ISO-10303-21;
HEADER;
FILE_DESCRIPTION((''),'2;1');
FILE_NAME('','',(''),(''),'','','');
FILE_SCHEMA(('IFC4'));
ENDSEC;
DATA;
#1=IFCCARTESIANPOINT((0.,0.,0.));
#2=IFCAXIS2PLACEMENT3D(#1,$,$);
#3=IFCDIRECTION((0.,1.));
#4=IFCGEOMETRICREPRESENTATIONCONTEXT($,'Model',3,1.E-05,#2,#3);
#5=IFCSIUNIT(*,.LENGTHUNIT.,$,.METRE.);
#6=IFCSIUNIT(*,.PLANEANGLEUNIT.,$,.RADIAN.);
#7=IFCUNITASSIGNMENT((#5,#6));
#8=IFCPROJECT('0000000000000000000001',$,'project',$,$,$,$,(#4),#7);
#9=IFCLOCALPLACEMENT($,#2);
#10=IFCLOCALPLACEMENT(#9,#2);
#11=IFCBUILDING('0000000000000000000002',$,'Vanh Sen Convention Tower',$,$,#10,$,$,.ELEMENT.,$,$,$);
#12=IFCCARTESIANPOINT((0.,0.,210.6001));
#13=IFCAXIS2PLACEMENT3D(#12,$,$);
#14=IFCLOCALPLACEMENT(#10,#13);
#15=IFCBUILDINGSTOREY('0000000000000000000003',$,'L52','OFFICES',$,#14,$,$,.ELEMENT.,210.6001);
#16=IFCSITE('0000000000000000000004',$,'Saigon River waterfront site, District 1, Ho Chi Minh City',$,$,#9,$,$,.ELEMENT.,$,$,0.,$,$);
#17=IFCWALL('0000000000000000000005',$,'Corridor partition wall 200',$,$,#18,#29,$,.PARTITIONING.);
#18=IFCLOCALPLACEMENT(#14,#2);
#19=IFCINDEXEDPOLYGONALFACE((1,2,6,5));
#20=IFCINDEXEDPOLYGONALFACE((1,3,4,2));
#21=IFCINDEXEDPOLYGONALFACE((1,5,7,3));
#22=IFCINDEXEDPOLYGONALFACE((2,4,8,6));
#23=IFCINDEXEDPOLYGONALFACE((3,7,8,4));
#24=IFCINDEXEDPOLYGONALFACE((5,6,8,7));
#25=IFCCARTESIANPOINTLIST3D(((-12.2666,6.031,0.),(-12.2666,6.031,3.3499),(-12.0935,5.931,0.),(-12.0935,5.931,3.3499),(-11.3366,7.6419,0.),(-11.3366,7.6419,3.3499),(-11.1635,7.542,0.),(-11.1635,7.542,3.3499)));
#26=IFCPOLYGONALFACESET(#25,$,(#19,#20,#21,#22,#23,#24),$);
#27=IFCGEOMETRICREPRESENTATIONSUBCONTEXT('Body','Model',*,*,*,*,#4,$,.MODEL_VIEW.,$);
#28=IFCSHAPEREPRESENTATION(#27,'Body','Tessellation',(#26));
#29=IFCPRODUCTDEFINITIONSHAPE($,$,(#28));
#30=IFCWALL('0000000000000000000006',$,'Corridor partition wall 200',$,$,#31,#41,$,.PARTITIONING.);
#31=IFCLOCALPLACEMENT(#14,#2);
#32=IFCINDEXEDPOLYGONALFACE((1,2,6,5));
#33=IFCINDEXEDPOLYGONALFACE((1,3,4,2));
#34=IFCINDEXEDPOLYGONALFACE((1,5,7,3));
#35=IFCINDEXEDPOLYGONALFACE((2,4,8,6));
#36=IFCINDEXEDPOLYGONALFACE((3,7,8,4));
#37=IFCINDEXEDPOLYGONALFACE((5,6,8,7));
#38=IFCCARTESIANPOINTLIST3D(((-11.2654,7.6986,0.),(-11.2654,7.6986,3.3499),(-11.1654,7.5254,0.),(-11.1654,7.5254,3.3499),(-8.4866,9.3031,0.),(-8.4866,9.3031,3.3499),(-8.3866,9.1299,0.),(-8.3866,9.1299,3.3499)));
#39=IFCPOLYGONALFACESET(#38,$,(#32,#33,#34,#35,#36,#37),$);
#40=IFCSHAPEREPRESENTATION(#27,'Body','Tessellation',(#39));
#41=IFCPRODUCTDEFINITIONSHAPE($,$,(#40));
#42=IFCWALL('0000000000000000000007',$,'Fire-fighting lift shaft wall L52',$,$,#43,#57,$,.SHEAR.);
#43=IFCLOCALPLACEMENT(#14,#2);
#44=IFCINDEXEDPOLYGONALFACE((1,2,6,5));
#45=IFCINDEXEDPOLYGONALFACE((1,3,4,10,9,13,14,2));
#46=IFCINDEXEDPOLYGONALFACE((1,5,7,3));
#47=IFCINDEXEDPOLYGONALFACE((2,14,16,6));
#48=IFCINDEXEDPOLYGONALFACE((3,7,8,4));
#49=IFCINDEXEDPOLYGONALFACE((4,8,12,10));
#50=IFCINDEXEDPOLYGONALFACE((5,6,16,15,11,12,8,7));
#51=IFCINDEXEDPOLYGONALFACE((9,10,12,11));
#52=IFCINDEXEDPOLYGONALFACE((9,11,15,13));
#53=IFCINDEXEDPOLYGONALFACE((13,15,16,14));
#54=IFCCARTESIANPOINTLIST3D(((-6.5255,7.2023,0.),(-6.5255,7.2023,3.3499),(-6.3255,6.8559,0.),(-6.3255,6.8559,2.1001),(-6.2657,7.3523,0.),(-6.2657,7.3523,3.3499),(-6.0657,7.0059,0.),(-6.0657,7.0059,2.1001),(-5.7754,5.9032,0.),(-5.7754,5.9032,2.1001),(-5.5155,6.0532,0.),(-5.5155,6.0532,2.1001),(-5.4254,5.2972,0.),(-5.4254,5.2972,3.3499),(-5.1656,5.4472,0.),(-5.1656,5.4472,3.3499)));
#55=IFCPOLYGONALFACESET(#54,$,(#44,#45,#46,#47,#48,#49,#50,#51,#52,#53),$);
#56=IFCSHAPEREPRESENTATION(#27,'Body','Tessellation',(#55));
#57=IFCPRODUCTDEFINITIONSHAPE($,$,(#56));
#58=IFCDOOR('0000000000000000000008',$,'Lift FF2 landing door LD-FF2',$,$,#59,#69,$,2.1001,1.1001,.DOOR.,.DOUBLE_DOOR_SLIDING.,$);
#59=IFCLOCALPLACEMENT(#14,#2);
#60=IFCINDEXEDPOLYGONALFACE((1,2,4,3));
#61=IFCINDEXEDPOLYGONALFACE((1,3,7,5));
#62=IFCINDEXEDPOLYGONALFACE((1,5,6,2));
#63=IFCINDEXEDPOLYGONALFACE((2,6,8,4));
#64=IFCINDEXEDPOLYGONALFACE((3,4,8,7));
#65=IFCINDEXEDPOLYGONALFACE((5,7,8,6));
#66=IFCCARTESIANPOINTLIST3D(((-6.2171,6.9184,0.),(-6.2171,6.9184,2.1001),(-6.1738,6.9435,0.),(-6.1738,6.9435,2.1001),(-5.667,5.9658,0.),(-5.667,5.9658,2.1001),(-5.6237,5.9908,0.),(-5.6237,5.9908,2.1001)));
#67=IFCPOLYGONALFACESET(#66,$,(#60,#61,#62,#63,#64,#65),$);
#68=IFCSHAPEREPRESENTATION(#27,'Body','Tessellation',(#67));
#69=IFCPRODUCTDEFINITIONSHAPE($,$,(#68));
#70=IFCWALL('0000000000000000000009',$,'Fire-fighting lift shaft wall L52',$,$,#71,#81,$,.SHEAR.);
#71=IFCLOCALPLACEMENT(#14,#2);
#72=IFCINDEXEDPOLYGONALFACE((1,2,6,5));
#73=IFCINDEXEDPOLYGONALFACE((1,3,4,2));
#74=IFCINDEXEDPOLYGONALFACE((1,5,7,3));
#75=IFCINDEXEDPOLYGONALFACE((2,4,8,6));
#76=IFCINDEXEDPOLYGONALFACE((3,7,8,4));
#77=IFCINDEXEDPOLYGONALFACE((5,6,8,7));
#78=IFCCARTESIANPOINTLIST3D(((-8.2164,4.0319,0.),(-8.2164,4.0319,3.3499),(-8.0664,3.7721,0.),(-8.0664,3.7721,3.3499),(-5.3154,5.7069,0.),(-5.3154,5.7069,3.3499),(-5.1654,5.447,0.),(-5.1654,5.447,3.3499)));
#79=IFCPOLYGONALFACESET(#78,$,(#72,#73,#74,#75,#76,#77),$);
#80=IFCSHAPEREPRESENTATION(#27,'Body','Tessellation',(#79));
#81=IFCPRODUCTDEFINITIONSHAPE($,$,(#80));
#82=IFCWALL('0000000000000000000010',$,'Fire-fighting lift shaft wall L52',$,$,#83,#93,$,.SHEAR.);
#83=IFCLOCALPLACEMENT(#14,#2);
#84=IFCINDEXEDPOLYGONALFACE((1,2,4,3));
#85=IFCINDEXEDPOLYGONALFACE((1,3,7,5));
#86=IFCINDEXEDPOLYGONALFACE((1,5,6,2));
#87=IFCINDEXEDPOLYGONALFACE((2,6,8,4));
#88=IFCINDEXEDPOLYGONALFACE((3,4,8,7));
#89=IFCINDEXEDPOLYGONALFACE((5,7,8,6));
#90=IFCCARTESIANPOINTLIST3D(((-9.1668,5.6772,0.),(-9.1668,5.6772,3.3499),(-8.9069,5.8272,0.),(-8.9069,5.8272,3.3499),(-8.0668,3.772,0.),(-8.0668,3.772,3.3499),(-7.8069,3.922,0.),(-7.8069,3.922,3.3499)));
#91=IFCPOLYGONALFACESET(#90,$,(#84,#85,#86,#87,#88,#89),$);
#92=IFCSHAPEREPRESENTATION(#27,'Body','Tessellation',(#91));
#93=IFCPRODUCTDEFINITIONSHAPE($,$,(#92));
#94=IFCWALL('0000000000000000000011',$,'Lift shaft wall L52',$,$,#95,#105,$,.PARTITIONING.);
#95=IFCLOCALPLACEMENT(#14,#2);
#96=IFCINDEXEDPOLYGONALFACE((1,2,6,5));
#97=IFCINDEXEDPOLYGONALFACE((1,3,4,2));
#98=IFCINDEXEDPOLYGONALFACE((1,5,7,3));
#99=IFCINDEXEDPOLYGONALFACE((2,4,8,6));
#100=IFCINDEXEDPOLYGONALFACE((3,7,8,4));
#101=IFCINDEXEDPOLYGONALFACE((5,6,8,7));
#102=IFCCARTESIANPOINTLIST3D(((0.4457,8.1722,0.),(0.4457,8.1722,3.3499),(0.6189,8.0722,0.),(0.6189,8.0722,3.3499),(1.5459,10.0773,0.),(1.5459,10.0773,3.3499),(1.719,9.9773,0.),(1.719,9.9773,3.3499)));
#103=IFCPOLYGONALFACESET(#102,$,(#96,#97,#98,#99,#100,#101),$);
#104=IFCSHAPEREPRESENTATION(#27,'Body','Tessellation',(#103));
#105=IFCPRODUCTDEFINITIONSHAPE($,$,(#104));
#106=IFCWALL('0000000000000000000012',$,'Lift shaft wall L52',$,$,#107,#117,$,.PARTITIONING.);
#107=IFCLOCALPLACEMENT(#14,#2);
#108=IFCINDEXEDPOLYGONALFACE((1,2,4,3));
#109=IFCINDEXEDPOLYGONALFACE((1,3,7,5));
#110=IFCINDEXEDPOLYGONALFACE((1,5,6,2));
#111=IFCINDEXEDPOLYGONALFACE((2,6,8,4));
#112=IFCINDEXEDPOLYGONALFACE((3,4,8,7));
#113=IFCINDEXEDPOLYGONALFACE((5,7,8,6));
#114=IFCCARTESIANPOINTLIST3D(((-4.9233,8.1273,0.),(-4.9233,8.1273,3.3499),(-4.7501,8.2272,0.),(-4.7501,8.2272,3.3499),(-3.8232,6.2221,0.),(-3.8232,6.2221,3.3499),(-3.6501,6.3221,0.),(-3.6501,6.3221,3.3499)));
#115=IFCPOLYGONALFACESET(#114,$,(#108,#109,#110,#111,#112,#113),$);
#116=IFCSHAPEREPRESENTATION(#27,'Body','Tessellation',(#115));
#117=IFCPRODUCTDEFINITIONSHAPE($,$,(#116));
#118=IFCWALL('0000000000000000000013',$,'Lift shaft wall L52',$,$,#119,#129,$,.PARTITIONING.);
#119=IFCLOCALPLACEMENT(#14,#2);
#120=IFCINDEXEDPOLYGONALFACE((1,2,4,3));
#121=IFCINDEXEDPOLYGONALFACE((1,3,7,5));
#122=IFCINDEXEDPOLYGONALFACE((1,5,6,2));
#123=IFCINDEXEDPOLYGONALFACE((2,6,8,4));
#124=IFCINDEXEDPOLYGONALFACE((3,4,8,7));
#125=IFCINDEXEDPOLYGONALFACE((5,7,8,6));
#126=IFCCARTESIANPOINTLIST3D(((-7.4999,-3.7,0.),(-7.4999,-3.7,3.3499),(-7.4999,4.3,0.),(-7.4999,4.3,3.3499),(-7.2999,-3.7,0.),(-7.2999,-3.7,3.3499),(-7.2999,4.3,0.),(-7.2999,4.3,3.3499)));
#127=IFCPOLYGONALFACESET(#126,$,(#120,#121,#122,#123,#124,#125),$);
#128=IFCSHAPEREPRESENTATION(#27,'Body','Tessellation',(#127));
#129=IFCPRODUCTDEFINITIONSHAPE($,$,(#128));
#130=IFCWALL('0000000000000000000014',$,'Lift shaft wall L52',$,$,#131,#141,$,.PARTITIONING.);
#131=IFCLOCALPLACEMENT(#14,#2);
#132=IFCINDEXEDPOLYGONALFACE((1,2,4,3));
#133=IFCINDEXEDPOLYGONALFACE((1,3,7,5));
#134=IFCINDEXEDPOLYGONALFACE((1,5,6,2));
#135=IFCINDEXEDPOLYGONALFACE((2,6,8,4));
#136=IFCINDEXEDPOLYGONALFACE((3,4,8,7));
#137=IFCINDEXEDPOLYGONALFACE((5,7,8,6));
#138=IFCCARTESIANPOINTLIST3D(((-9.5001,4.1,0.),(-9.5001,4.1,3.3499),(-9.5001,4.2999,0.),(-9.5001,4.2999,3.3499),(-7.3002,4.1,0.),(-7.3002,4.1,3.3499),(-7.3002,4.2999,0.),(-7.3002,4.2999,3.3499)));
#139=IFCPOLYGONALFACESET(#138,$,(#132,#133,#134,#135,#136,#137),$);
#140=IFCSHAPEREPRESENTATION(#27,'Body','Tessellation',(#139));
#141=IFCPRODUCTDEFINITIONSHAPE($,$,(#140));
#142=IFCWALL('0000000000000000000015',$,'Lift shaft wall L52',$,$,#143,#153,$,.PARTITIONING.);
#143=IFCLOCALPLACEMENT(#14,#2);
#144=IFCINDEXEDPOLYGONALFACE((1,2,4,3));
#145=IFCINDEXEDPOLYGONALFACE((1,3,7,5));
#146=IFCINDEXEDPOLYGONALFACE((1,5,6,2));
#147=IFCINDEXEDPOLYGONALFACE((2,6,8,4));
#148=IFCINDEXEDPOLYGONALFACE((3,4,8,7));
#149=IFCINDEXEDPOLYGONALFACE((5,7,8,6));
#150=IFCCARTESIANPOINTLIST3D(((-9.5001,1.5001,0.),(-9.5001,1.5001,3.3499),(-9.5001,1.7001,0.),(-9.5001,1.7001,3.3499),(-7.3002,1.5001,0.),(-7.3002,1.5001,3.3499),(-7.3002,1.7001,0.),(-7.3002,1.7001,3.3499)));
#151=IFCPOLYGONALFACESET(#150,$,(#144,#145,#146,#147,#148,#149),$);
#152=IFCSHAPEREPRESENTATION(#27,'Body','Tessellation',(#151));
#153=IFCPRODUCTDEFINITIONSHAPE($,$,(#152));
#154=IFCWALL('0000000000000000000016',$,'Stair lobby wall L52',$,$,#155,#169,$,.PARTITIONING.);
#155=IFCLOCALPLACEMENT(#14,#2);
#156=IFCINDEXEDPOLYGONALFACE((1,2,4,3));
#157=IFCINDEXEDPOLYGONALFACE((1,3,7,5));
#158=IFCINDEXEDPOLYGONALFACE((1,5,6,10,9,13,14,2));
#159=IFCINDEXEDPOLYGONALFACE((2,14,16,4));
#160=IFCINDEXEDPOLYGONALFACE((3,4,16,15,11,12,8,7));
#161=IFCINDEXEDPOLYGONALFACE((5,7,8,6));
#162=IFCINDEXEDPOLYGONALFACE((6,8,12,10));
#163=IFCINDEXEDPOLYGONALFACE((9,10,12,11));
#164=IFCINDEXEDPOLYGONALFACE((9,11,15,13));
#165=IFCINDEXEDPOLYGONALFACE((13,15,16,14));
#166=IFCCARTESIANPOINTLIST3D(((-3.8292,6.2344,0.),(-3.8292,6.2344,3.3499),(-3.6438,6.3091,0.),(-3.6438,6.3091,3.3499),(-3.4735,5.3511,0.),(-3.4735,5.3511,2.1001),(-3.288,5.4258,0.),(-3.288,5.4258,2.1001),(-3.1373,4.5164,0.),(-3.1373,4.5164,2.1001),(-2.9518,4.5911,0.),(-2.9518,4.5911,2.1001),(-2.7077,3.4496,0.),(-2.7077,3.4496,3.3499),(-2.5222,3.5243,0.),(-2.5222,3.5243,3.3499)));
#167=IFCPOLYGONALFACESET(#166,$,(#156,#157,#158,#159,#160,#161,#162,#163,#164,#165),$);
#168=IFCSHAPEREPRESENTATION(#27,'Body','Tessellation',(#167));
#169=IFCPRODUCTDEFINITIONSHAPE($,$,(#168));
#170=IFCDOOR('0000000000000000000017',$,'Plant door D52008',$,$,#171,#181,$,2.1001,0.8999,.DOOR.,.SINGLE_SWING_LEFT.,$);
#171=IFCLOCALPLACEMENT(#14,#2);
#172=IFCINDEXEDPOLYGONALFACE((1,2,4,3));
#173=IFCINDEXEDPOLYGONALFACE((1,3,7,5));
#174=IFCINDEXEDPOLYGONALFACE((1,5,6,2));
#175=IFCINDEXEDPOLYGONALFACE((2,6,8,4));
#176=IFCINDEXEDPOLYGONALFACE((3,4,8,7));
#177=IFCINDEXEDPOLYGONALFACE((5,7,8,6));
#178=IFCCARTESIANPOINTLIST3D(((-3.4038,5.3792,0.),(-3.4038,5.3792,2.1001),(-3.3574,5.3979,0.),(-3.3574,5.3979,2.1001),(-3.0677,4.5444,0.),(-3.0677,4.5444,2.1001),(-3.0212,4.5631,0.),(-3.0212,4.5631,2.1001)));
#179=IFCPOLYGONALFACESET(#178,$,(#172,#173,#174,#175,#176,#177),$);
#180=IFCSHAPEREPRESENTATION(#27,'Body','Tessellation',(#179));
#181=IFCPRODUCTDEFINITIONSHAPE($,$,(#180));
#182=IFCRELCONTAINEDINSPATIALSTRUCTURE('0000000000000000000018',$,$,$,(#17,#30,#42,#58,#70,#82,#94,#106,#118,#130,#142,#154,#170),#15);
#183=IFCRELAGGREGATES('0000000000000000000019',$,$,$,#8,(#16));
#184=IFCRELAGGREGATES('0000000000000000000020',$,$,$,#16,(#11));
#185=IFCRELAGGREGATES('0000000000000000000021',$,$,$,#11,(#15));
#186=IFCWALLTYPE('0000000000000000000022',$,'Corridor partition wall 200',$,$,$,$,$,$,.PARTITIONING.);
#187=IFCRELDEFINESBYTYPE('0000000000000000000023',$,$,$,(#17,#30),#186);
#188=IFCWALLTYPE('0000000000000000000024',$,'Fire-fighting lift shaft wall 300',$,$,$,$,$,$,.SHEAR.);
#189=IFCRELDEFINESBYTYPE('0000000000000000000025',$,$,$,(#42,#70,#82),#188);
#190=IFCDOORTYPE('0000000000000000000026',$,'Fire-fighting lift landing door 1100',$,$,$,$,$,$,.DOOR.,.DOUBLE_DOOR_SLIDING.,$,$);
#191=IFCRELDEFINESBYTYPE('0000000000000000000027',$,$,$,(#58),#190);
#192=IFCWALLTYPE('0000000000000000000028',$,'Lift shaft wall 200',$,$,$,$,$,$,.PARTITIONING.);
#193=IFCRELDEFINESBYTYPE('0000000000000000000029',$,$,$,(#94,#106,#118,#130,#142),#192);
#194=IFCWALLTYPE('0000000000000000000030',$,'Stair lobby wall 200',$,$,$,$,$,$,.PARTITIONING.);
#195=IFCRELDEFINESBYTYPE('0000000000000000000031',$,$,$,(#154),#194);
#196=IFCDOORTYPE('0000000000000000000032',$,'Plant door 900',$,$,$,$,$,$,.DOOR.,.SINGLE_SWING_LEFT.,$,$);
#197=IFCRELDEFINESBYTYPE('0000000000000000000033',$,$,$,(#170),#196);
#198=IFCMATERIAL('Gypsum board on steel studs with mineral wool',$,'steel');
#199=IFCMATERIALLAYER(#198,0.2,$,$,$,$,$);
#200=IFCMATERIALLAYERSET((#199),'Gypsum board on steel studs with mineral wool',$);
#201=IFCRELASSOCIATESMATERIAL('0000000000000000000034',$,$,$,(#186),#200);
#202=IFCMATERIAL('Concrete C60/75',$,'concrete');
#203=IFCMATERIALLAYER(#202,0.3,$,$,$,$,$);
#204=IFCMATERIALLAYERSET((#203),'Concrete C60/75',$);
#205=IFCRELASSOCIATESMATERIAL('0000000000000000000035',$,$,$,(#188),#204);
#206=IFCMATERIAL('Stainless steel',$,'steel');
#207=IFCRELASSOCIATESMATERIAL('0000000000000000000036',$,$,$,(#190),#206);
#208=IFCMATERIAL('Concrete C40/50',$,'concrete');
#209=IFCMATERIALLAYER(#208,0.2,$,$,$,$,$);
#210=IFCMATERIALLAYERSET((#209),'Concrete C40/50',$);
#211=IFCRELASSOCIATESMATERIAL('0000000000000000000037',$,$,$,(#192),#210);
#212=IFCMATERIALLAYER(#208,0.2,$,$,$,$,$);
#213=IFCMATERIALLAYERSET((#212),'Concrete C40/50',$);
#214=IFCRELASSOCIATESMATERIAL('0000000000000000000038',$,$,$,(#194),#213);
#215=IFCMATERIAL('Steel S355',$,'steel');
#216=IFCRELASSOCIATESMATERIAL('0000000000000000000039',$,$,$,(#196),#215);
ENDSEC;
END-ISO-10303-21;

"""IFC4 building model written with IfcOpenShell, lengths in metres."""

from ifc_helpers import new_model, si_unit, direction, frame, frame_2d, origin, place, context, subcontext, project, spatial, rectangle, extrude, material, layer, layer_set, type_object, element, fill, save


model = new_model("IFC4")

# Units and contexts
model_context = context("Model", 3, precision=1e-05, world=origin(), true_north=direction((0.0, 1.0)))
body_context = subcontext(model_context, "Body", "Model", "MODEL_VIEW")
ifc_project = project(units=[si_unit("LENGTHUNIT", "METRE"), si_unit("PLANEANGLEUNIT", "RADIAN")], contexts=[model_context])

# Site, building, storey
site_placement = place(None, origin())
site = spatial("IfcSite", under=ifc_project, at=site_placement, Name="Saigon River waterfront site, District 1, Ho Chi Minh City", CompositionType="ELEMENT", RefElevation=0.0)
building_placement = place(site_placement, origin())
building = spatial("IfcBuilding", under=site, at=building_placement, Name="Vanh Sen Convention Tower", CompositionType="ELEMENT")
storey_placement = place(building_placement, frame((0.0, 0.0, 210.6001)))
storey = spatial("IfcBuildingStorey", under=building, at=storey_placement, Name="L52", Description="OFFICES", CompositionType="ELEMENT", Elevation=210.6001)

# Shared definitions
ifc_material_1 = material(Name="Concrete C40/50", Category="concrete")

# Shared definitions
ifc_material_2 = material(Name="Concrete C60/75", Category="concrete")
ifc_material_3 = material(Name="Stainless steel", Category="steel")

# Walls
ifc_material_4 = material(Name="Gypsum board on steel studs with mineral wool", Category="steel")
ifc_layer_1 = layer(ifc_material_4, 0.2)
ifc_layer_set_1 = layer_set([ifc_layer_1], Name="Gypsum board on steel studs with mineral wool")
wall_type_1 = type_object("IfcWallType", Name="Corridor partition wall 200", PredefinedType="PARTITIONING", material=ifc_layer_set_1)
wall_1_placement = place(storey_placement, frame((-11.25, 7.592, 0.0), z_axis=(0.0, 0.0, 1.0), x_axis=(-0.499965, -0.866046, 0.0)))
element("IfcWall", 1, at=wall_1_placement, inside=storey, type_object=wall_type_1, Name="Corridor partition wall 200", PredefinedType="PARTITIONING", context=body_context, shape_type="SweptSolid", body=[
    extrude(rectangle(XDim=1.8601, YDim=0.2, at=frame_2d((0.9302, 0.0))), origin(), (0.0, 0.0, 1.0), 3.3499),
])
wall_2_placement = place(storey_placement, frame((-8.4365, 9.2166, 0.0), z_axis=(0.0, 0.0, 1.0), x_axis=(-0.866006, -0.500034, 0.0)))
element("IfcWall", 2, at=wall_2_placement, inside=storey, type_object=wall_type_1, Name="Corridor partition wall 200", PredefinedType="PARTITIONING", context=body_context, shape_type="SweptSolid", body=[
    extrude(rectangle(XDim=3.2087, YDim=0.2, at=frame_2d((1.6045, 0.0))), origin(), (0.0, 0.0, 1.0), 3.3499),
])

# Wall, opening, door
ifc_layer_2 = layer(ifc_material_2, 0.3)
ifc_layer_set_2 = layer_set([ifc_layer_2], Name="Concrete C60/75")
wall_type_2 = type_object("IfcWallType", Name="Fire-fighting lift shaft wall 300", PredefinedType="SHEAR", material=ifc_layer_set_2)
wall_3_placement = place(storey_placement, frame((-5.2954, 5.3721, 0.0), z_axis=(0.0, 0.0, 1.0), x_axis=(-0.500078, 0.86598, 0.0)))
wall_3 = element("IfcWall", 3, at=wall_3_placement, inside=storey, type_object=wall_type_2, Name="Fire-fighting lift shaft wall L52", PredefinedType="SHEAR", context=body_context, shape_type="SweptSolid", body=[
    extrude(rectangle(XDim=2.2, YDim=0.3, at=frame_2d((1.1001, 0.0))), origin(), (0.0, 0.0, 1.0), 3.3499),
])
opening_1_placement = place(wall_3_placement, frame((0.7, 0.0, 0.0)))
opening_1 = element("IfcOpeningElement", 4, at=opening_1_placement, cuts=wall_3, PredefinedType="OPENING", context=body_context, shape_type="SweptSolid", body=[
    extrude(rectangle(XDim=1.1001, YDim=2.1001, at=frame_2d((0.55, 1.05))), frame((0.0, 0.1599, 0.0), z_axis=(0.0, -1.0, 0.0), x_axis=(1.0, 0.0, 0.0)), (0.0, 0.0, 1.0), 0.3201),
])
door_type_1 = type_object("IfcDoorType", Name="Fire-fighting lift landing door 1100", OperationType="DOUBLE_DOOR_SLIDING", PredefinedType="DOOR", material=ifc_material_3)
door_1_placement = place(opening_1_placement, origin())
door_1 = element("IfcDoor", 5, at=door_1_placement, inside=storey, type_object=door_type_1, Name="Lift FF2 landing door LD-FF2", OperationType="DOUBLE_DOOR_SLIDING", OverallHeight=2.1001, OverallWidth=1.1001, PredefinedType="DOOR", context=body_context, shape_type="SweptSolid", body=[
    extrude(rectangle(XDim=1.1001, YDim=2.1001, at=frame_2d((0.55, 1.05))), frame((0.0, 0.0249, 0.0), z_axis=(0.0, -1.0, 0.0), x_axis=(1.0, 0.0, 0.0)), (0.0, 0.0, 1.0), 0.05),
])
fill(opening_1, door_1)

# Walls
wall_4_placement = place(storey_placement, frame((-5.2405, 5.5769, 0.0), z_axis=(0.0, 0.0, 1.0), x_axis=(-0.866014, -0.500019, 0.0)))
element("IfcWall", 6, at=wall_4_placement, inside=storey, type_object=wall_type_2, Name="Fire-fighting lift shaft wall L52", PredefinedType="SHEAR", context=body_context, shape_type="SweptSolid", body=[
    extrude(rectangle(XDim=3.3499, YDim=0.3, at=frame_2d((1.6748, 0.0))), origin(), (0.0, 0.0, 1.0), 3.3499),
])
wall_5_placement = place(storey_placement, frame((-7.9368, 3.8469, 0.0), z_axis=(0.0, 0.0, 1.0), x_axis=(-0.50003, 0.866008, 0.0)))
element("IfcWall", 7, at=wall_5_placement, inside=storey, type_object=wall_type_2, Name="Fire-fighting lift shaft wall L52", PredefinedType="SHEAR", context=body_context, shape_type="SweptSolid", body=[
    extrude(rectangle(XDim=2.2, YDim=0.3, at=frame_2d((1.1001, 0.0))), origin(), (0.0, 0.0, 1.0), 3.3499),
])
ifc_layer_3 = layer(ifc_material_1, 0.2)
ifc_layer_set_3 = layer_set([ifc_layer_3], Name="Concrete C40/50")
wall_type_3 = type_object("IfcWallType", Name="Lift shaft wall 200", PredefinedType="PARTITIONING", material=ifc_layer_set_3)
for number, where, z_axis, x_axis, name in (
    (8, (0.5322, 8.1221, 0.0), (0.0, 0.0, 1.0), (0.500078, 0.86598, 0.0), "Lift shaft wall L52"),
    (9, (-3.7366, 6.272, 0.0), (0.0, 0.0, 1.0), (-0.50003, 0.866008, 0.0), "Lift shaft wall L52"),
):
    element("IfcWall", number, at=place(storey_placement, frame(where, z_axis=z_axis, x_axis=x_axis)), inside=storey, type_object=wall_type_3, Name=name, PredefinedType="PARTITIONING", context=body_context, shape_type="SweptSolid", body=[
        extrude(rectangle(XDim=2.2, YDim=0.2, at=frame_2d((1.1001, 0.0))), origin(), (0.0, 0.0, 1.0), 3.3499),
    ])
wall_6_placement = place(storey_placement, frame((-7.3999, 4.3, 0.0), z_axis=(0.0, 0.0, 1.0), x_axis=(0.0, -1.0, 0.0)))
element("IfcWall", 10, at=wall_6_placement, inside=storey, type_object=wall_type_3, Name="Lift shaft wall L52", PredefinedType="PARTITIONING", context=body_context, shape_type="SweptSolid", body=[
    extrude(rectangle(XDim=8.0, YDim=0.2, at=frame_2d((4.0, 0.0))), origin(), (0.0, 0.0, 1.0), 3.3499),
])
for number, where, z_axis, x_axis, name in (
    (11, (-7.3, 4.2, 0.0), (0.0, 0.0, 1.0), (-1.0, 0.0, 0.0), "Lift shaft wall L52"),
    (12, (-7.3, 1.6001, 0.0), (0.0, 0.0, 1.0), (-1.0, 0.0, 0.0), "Lift shaft wall L52"),
):
    element("IfcWall", number, at=place(storey_placement, frame(where, z_axis=z_axis, x_axis=x_axis)), inside=storey, type_object=wall_type_3, Name=name, PredefinedType="PARTITIONING", context=body_context, shape_type="SweptSolid", body=[
        extrude(rectangle(XDim=2.2, YDim=0.2, at=frame_2d((1.1001, 0.0))), origin(), (0.0, 0.0, 1.0), 3.3499),
    ])

# Wall, opening, door
ifc_layer_4 = layer(ifc_material_1, 0.2)
ifc_layer_set_4 = layer_set([ifc_layer_4], Name="Concrete C40/50")
wall_type_4 = type_object("IfcWallType", Name="Stair lobby wall 200", PredefinedType="PARTITIONING", material=ifc_layer_set_4)
wall_7_placement = place(storey_placement, frame((-2.615, 3.4871, 0.0), z_axis=(0.0, 0.0, 1.0), x_axis=(-0.373577, 0.927599, 0.0)))
wall_7 = element("IfcWall", 13, at=wall_7_placement, inside=storey, type_object=wall_type_4, Name="Stair lobby wall L52", PredefinedType="PARTITIONING", context=body_context, shape_type="SweptSolid", body=[
    extrude(rectangle(XDim=3.0022, YDim=0.2, at=frame_2d((1.501, 0.0))), origin(), (0.0, 0.0, 1.0), 3.3499),
])
opening_2_placement = place(wall_7_placement, frame((1.1499, 0.0, 0.0)))
opening_2 = element("IfcOpeningElement", 14, at=opening_2_placement, cuts=wall_7, PredefinedType="OPENING", context=body_context, shape_type="SweptSolid", body=[
    extrude(rectangle(XDim=0.8999, YDim=2.1001, at=frame_2d((0.45, 1.05))), frame((0.0, 0.1099, 0.0), z_axis=(0.0, -1.0, 0.0), x_axis=(1.0, 0.0, 0.0)), (0.0, 0.0, 1.0), 0.22),
])
ifc_material_5 = material(Name="Steel S355", Category="steel")
door_type_2 = type_object("IfcDoorType", Name="Plant door 900", OperationType="SINGLE_SWING_LEFT", PredefinedType="DOOR", material=ifc_material_5)
door_2_placement = place(opening_2_placement, origin())
door_2 = element("IfcDoor", 15, at=door_2_placement, inside=storey, type_object=door_type_2, Name="Plant door D52008", OperationType="SINGLE_SWING_LEFT", OverallHeight=2.1001, OverallWidth=0.8999, PredefinedType="DOOR", context=body_context, shape_type="SweptSolid", body=[
    extrude(rectangle(XDim=0.8999, YDim=2.1001, at=frame_2d((0.45, 1.05))), frame((0.0, 0.0249, 0.0), z_axis=(0.0, -1.0, 0.0), x_axis=(1.0, 0.0, 0.0)), (0.0, 0.0, 1.0), 0.05),
])
fill(opening_2, door_2)

save(model, "model.ifc")
